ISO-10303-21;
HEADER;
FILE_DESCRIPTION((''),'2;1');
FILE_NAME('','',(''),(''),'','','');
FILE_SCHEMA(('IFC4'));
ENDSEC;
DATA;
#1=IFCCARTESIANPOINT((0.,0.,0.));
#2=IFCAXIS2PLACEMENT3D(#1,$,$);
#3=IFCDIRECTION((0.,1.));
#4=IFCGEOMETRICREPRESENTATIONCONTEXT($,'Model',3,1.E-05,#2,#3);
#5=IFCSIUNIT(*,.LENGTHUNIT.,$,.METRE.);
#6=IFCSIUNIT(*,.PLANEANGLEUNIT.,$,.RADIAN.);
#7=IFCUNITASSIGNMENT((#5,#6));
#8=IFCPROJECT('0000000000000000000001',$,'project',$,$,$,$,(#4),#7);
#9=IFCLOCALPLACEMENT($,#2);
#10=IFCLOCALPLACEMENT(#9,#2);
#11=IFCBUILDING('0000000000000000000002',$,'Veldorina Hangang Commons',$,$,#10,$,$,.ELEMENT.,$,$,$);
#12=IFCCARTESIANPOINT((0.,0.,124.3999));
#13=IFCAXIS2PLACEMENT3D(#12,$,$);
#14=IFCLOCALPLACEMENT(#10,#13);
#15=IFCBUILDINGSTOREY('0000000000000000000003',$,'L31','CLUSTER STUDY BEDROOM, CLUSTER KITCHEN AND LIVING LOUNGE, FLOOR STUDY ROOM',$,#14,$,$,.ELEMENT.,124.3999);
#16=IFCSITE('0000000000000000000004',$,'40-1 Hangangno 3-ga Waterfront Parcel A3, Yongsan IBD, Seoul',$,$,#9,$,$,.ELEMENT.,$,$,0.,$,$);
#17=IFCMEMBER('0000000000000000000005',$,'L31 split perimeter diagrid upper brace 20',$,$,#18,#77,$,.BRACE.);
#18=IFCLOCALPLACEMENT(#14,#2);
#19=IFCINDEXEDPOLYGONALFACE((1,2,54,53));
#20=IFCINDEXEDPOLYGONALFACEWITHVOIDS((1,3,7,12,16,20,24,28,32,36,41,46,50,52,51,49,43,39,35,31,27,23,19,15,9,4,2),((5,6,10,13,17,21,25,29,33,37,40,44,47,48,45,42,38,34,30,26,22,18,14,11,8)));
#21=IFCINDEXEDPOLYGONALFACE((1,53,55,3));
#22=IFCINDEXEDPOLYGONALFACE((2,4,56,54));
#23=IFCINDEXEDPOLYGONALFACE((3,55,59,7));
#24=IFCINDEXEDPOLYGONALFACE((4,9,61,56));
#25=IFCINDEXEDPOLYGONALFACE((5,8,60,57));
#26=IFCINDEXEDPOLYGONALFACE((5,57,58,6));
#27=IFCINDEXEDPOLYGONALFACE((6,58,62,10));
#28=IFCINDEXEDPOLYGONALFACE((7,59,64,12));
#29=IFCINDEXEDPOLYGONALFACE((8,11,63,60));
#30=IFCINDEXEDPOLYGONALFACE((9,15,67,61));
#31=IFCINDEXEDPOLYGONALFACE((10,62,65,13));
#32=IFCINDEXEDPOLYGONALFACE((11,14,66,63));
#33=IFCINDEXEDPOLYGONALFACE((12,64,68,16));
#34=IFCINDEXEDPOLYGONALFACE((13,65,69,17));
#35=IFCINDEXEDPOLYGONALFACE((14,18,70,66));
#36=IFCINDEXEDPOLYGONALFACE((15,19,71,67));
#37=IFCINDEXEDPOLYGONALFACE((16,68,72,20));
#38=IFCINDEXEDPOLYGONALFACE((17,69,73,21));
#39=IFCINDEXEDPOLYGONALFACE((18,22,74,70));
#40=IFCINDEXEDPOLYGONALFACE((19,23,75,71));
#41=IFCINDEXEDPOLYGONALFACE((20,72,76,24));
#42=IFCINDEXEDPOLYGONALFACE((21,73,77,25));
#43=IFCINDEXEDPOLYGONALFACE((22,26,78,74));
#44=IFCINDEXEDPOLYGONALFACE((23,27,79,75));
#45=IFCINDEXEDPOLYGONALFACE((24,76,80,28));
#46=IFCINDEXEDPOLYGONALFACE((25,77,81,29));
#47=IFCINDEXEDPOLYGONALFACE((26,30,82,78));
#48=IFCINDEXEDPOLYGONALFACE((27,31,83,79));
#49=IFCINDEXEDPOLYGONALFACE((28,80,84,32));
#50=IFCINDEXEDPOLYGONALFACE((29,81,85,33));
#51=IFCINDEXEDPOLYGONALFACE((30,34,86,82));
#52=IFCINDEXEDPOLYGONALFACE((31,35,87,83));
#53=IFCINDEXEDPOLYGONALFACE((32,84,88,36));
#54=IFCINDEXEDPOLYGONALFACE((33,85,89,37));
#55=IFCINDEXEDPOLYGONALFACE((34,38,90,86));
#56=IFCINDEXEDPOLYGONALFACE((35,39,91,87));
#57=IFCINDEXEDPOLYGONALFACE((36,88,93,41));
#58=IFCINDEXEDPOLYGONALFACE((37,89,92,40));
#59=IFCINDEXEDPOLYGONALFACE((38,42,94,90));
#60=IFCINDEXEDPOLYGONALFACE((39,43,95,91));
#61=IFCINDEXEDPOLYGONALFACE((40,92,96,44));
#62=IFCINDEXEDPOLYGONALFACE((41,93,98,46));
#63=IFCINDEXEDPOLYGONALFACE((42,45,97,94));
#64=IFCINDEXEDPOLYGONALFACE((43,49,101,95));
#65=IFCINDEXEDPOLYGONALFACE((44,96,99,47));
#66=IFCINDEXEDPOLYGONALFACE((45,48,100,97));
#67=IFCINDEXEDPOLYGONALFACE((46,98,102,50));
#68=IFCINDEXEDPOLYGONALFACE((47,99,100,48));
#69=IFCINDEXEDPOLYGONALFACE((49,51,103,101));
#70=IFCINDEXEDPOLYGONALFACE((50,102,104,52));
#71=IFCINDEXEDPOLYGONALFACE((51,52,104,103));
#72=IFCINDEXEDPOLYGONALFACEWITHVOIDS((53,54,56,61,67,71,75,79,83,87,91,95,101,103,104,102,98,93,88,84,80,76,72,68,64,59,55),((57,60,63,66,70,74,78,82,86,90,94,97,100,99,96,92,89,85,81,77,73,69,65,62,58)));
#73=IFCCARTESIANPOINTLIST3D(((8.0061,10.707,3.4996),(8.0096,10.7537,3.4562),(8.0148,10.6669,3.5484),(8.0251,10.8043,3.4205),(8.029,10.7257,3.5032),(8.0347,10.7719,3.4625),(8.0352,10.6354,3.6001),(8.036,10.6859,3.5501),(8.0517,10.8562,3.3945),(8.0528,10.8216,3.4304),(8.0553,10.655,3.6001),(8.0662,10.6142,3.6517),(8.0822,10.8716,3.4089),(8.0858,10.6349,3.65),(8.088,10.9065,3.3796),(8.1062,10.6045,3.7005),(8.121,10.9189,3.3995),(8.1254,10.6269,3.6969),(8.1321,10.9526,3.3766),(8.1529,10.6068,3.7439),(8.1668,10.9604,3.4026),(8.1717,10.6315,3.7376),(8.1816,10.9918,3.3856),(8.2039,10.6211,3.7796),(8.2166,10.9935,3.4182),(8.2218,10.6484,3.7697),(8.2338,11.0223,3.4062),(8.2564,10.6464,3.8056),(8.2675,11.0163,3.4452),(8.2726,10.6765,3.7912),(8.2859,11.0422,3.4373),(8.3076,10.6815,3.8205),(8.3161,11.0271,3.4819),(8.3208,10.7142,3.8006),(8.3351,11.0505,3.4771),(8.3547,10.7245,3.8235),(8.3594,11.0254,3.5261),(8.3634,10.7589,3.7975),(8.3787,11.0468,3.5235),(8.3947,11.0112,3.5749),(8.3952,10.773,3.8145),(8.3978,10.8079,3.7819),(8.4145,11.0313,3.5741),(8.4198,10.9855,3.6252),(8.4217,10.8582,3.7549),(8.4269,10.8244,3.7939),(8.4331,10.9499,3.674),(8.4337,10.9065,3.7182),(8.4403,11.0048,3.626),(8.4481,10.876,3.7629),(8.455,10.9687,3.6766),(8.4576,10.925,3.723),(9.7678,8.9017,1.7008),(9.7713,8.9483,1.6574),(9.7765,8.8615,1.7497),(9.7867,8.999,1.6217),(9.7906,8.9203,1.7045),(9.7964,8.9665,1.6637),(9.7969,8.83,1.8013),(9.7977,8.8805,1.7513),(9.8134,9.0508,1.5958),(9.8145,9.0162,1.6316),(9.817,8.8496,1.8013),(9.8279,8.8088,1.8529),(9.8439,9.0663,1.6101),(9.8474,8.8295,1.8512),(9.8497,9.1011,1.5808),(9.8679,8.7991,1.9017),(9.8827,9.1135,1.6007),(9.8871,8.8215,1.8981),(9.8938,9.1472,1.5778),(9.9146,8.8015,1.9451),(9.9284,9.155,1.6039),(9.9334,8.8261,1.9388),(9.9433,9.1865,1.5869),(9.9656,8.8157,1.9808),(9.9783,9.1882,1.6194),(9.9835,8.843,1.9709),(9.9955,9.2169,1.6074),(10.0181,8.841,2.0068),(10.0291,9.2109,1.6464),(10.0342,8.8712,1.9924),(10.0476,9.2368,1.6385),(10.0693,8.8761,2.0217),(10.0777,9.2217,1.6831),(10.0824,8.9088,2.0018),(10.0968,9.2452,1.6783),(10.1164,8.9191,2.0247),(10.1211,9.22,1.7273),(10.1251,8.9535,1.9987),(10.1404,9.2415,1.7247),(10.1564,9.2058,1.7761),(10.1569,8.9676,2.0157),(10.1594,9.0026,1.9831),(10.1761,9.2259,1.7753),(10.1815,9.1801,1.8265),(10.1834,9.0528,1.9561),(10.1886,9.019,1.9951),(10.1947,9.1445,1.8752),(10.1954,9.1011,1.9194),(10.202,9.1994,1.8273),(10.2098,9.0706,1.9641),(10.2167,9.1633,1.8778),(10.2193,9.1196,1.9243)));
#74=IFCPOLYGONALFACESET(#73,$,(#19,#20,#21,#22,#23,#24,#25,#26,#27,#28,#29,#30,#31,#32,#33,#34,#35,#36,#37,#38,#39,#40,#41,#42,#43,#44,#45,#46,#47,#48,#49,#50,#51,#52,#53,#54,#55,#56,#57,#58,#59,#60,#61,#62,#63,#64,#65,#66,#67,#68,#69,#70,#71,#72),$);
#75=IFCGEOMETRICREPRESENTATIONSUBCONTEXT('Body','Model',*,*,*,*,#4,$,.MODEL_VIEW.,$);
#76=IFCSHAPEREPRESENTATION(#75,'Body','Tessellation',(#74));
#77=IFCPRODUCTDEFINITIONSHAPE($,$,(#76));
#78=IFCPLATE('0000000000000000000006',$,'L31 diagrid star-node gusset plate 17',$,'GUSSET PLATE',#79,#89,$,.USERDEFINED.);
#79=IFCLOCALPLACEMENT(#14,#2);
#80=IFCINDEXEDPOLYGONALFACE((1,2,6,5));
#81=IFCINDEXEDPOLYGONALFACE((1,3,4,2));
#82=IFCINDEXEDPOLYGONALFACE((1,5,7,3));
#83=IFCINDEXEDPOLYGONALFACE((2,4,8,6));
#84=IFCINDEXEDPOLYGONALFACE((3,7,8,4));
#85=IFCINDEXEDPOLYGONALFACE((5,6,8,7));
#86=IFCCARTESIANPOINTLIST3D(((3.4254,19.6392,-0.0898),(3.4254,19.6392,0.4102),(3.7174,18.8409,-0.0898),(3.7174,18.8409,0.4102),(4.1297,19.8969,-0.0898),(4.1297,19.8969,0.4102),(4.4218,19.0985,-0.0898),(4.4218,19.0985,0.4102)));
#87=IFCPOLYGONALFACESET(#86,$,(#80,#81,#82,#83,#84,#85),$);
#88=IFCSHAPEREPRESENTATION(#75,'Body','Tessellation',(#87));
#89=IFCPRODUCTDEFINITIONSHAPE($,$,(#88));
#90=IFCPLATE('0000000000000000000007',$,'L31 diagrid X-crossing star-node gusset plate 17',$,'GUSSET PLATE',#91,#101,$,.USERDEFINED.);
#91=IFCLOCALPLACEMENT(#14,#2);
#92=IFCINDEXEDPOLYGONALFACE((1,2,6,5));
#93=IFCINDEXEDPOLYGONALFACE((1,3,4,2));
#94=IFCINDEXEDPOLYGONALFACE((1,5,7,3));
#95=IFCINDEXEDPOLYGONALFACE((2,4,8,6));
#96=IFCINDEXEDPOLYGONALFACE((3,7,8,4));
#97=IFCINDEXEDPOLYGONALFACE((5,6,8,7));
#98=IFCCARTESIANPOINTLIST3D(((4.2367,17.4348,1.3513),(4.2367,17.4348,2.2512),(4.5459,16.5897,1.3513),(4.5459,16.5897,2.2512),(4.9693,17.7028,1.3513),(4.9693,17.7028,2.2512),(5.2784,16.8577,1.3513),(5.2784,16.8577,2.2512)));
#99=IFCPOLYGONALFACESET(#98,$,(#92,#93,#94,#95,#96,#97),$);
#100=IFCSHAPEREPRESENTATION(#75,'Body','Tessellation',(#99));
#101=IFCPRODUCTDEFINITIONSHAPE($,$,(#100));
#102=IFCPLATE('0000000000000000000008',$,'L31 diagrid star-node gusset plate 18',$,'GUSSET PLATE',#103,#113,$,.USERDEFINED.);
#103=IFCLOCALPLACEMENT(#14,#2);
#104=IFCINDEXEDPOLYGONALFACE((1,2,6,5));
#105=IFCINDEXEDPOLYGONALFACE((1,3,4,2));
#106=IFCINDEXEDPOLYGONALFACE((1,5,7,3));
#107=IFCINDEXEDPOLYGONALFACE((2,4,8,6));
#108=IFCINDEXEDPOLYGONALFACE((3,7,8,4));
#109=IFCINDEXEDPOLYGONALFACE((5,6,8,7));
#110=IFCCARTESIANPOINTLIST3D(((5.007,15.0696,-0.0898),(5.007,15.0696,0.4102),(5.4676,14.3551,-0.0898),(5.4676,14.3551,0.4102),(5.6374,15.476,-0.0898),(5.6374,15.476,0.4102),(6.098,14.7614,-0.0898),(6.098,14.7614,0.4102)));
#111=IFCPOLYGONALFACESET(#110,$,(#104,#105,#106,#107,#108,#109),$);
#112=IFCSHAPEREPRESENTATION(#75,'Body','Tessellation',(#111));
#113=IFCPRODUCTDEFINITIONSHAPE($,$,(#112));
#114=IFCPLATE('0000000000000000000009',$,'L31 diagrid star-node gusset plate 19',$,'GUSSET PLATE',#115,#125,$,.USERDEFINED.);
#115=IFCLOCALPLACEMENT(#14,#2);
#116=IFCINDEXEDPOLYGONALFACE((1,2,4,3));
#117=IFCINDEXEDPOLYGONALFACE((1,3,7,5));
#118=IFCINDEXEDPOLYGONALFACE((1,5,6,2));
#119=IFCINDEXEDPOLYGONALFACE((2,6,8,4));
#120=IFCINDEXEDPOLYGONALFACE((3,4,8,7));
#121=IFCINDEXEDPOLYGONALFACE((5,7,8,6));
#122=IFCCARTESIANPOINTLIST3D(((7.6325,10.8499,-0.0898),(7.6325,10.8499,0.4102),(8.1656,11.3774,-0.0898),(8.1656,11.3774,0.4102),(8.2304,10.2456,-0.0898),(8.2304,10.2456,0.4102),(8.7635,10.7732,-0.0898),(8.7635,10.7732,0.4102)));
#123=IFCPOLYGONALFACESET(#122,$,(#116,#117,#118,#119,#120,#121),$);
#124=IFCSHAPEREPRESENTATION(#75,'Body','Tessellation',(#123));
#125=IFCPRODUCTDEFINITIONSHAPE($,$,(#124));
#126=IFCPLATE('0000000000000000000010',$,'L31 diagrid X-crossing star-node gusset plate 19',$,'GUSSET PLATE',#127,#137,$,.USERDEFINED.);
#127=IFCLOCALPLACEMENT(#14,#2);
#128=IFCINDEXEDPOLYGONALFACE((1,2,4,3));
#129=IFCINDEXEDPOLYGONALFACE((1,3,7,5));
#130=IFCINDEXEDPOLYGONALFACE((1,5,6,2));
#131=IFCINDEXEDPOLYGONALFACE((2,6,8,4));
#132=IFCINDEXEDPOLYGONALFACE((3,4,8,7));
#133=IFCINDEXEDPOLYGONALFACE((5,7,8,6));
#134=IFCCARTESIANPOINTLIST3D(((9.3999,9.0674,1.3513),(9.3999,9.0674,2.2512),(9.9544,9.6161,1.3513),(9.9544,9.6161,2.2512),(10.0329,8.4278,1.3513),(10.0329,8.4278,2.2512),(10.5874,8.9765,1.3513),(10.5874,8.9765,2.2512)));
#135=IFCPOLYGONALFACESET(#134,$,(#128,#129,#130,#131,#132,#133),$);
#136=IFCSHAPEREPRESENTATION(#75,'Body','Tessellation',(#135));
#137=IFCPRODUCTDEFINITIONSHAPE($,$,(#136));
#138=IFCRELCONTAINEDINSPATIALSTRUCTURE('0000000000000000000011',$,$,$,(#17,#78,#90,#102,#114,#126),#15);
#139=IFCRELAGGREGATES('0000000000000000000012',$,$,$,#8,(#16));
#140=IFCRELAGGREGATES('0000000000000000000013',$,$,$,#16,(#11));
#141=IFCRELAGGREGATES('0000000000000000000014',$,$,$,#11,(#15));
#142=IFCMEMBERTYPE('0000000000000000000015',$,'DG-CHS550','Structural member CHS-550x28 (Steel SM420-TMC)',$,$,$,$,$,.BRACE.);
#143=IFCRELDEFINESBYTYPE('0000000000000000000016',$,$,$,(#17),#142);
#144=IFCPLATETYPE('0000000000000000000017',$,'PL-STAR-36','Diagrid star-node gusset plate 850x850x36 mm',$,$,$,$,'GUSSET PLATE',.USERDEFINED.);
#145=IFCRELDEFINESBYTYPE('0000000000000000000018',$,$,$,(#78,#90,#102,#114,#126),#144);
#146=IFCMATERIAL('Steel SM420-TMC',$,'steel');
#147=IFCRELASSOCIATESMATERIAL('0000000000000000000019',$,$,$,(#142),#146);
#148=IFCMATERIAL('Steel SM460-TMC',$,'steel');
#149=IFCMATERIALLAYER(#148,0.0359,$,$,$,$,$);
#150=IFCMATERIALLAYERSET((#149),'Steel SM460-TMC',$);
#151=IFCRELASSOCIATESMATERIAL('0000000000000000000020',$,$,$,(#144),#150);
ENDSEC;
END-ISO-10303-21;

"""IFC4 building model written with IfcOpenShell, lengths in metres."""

from ifc_helpers import new_model, si_unit, direction, frame, origin, origin_2d, place, context, subcontext, project, spatial, rectangle, hollow_circle, extrude, material, layer, layer_set, material_profile, profile_set, type_object, element, save


model = new_model("IFC4")

# Units and contexts
model_context = context("Model", 3, precision=1e-05, world=origin(), true_north=direction((0.0, 1.0)))
body_context = subcontext(model_context, "Body", "Model", "MODEL_VIEW")
ifc_project = project(units=[si_unit("LENGTHUNIT", "METRE"), si_unit("PLANEANGLEUNIT", "RADIAN")], contexts=[model_context])

# Site, building, storey
site_placement = place(None, origin())
site = spatial("IfcSite", under=ifc_project, at=site_placement, Name="40-1 Hangangno 3-ga Waterfront Parcel A3, Yongsan IBD, Seoul", CompositionType="ELEMENT", RefElevation=0.0)
building_placement = place(site_placement, origin())
building = spatial("IfcBuilding", under=site, at=building_placement, Name="Veldorina Hangang Commons", CompositionType="ELEMENT")
storey_placement = place(building_placement, frame((0.0, 0.0, 124.3999)))
storey = spatial("IfcBuildingStorey", under=building, at=storey_placement, Name="L31", Description="CLUSTER STUDY BEDROOM, CLUSTER KITCHEN AND LIVING LOUNGE, FLOOR STUDY ROOM", CompositionType="ELEMENT", Elevation=124.3999)

# Shared definitions
ifc_material_1 = material(Name="Steel SM420-TMC", Category="steel")

# Member
ifc_material_profile_1 = material_profile(ifc_material_1, hollow_circle(Radius=0.2749, WallThickness=0.0281, at=origin_2d()), Name="CHS-550x28")
ifc_profile_set_1 = profile_set([ifc_material_profile_1], Name="Steel SM420-TMC")
member_type = type_object("IfcMemberType", Name="DG-CHS550", Description="Structural member CHS-550x28 (Steel SM420-TMC)", PredefinedType="BRACE", material=ifc_profile_set_1)
member_1_placement = place(storey_placement, frame((9.9937, 9.022, 1.8013), z_axis=(-0.568623, 0.582728, 0.5806), x_axis=(-0.715716, -0.698392, 0.0)))
element("IfcMember", 1, at=member_1_placement, inside=storey, type_object=member_type, Name="L31 split perimeter diagrid upper brace 20", PredefinedType="BRACE", context=body_context, shape_type="SweptSolid", body=[
    extrude(hollow_circle(Radius=0.2749, WallThickness=0.0281, at=origin_2d()), origin(), (0.0, 0.0, 1.0), 3.0981),
])

# Plates
ifc_material_2 = material(Name="Steel SM460-TMC", Category="steel")
ifc_layer_1 = layer(ifc_material_2, 0.0359)
ifc_layer_set_1 = layer_set([ifc_layer_1], Name="Steel SM460-TMC")
plate_type = type_object("IfcPlateType", Name="PL-STAR-36", Description="Diagrid star-node gusset plate 850x850x36 mm", ElementType="GUSSET PLATE", PredefinedType="USERDEFINED", material=ifc_layer_set_1)
plate_1_placement = place(storey_placement, frame((3.9236, 19.3689, -0.0898), z_axis=(0.0, 0.0, 1.0), x_axis=(0.343545, -0.939136, 0.0)))
element("IfcPlate", 2, at=plate_1_placement, inside=storey, type_object=plate_type, Name="L31 diagrid star-node gusset plate 17", ObjectType="GUSSET PLATE", PredefinedType="USERDEFINED", context=body_context, shape_type="SweptSolid", body=[
    extrude(rectangle(XDim=0.8501, YDim=0.75, at=origin_2d()), origin(), (0.0, 0.0, 1.0), 0.5),
])
plate_2_placement = place(storey_placement, frame((4.7576, 17.1462, 1.3513), z_axis=(0.0, 0.0, 1.0), x_axis=(0.343545, -0.939136, 0.0)))
element("IfcPlate", 3, at=plate_2_placement, inside=storey, type_object=plate_type, Name="L31 diagrid X-crossing star-node gusset plate 17", ObjectType="GUSSET PLATE", PredefinedType="USERDEFINED", context=body_context, shape_type="SweptSolid", body=[
    extrude(rectangle(XDim=0.8999, YDim=0.78, at=origin_2d()), origin(), (0.0, 0.0, 1.0), 0.8999),
])
for number, where, z_axis, x_axis, name in (
    (4, (5.5525, 14.9155, -0.0898), (0.0, 0.0, 1.0), (0.541782, -0.840519, 0.0), "L31 diagrid star-node gusset plate 18"),
    (5, (8.198, 10.8115, -0.0898), (0.0, 0.0, 1.0), (0.70342, -0.710775, 0.0), "L31 diagrid star-node gusset plate 19"),
):
    element("IfcPlate", number, at=place(storey_placement, frame(where, z_axis=z_axis, x_axis=x_axis)), inside=storey, type_object=plate_type, Name=name, ObjectType="GUSSET PLATE", PredefinedType="USERDEFINED", context=body_context, shape_type="SweptSolid", body=[
        extrude(rectangle(XDim=0.8501, YDim=0.75, at=origin_2d()), origin(), (0.0, 0.0, 1.0), 0.5),
    ])
plate_3_placement = place(storey_placement, frame((9.9937, 9.022, 1.3513), z_axis=(0.0, 0.0, 1.0), x_axis=(0.70342, -0.710775, 0.0)))
element("IfcPlate", 6, at=plate_3_placement, inside=storey, type_object=plate_type, Name="L31 diagrid X-crossing star-node gusset plate 19", ObjectType="GUSSET PLATE", PredefinedType="USERDEFINED", context=body_context, shape_type="SweptSolid", body=[
    extrude(rectangle(XDim=0.8999, YDim=0.78, at=origin_2d()), origin(), (0.0, 0.0, 1.0), 0.8999),
])

save(model, "model.ifc")
